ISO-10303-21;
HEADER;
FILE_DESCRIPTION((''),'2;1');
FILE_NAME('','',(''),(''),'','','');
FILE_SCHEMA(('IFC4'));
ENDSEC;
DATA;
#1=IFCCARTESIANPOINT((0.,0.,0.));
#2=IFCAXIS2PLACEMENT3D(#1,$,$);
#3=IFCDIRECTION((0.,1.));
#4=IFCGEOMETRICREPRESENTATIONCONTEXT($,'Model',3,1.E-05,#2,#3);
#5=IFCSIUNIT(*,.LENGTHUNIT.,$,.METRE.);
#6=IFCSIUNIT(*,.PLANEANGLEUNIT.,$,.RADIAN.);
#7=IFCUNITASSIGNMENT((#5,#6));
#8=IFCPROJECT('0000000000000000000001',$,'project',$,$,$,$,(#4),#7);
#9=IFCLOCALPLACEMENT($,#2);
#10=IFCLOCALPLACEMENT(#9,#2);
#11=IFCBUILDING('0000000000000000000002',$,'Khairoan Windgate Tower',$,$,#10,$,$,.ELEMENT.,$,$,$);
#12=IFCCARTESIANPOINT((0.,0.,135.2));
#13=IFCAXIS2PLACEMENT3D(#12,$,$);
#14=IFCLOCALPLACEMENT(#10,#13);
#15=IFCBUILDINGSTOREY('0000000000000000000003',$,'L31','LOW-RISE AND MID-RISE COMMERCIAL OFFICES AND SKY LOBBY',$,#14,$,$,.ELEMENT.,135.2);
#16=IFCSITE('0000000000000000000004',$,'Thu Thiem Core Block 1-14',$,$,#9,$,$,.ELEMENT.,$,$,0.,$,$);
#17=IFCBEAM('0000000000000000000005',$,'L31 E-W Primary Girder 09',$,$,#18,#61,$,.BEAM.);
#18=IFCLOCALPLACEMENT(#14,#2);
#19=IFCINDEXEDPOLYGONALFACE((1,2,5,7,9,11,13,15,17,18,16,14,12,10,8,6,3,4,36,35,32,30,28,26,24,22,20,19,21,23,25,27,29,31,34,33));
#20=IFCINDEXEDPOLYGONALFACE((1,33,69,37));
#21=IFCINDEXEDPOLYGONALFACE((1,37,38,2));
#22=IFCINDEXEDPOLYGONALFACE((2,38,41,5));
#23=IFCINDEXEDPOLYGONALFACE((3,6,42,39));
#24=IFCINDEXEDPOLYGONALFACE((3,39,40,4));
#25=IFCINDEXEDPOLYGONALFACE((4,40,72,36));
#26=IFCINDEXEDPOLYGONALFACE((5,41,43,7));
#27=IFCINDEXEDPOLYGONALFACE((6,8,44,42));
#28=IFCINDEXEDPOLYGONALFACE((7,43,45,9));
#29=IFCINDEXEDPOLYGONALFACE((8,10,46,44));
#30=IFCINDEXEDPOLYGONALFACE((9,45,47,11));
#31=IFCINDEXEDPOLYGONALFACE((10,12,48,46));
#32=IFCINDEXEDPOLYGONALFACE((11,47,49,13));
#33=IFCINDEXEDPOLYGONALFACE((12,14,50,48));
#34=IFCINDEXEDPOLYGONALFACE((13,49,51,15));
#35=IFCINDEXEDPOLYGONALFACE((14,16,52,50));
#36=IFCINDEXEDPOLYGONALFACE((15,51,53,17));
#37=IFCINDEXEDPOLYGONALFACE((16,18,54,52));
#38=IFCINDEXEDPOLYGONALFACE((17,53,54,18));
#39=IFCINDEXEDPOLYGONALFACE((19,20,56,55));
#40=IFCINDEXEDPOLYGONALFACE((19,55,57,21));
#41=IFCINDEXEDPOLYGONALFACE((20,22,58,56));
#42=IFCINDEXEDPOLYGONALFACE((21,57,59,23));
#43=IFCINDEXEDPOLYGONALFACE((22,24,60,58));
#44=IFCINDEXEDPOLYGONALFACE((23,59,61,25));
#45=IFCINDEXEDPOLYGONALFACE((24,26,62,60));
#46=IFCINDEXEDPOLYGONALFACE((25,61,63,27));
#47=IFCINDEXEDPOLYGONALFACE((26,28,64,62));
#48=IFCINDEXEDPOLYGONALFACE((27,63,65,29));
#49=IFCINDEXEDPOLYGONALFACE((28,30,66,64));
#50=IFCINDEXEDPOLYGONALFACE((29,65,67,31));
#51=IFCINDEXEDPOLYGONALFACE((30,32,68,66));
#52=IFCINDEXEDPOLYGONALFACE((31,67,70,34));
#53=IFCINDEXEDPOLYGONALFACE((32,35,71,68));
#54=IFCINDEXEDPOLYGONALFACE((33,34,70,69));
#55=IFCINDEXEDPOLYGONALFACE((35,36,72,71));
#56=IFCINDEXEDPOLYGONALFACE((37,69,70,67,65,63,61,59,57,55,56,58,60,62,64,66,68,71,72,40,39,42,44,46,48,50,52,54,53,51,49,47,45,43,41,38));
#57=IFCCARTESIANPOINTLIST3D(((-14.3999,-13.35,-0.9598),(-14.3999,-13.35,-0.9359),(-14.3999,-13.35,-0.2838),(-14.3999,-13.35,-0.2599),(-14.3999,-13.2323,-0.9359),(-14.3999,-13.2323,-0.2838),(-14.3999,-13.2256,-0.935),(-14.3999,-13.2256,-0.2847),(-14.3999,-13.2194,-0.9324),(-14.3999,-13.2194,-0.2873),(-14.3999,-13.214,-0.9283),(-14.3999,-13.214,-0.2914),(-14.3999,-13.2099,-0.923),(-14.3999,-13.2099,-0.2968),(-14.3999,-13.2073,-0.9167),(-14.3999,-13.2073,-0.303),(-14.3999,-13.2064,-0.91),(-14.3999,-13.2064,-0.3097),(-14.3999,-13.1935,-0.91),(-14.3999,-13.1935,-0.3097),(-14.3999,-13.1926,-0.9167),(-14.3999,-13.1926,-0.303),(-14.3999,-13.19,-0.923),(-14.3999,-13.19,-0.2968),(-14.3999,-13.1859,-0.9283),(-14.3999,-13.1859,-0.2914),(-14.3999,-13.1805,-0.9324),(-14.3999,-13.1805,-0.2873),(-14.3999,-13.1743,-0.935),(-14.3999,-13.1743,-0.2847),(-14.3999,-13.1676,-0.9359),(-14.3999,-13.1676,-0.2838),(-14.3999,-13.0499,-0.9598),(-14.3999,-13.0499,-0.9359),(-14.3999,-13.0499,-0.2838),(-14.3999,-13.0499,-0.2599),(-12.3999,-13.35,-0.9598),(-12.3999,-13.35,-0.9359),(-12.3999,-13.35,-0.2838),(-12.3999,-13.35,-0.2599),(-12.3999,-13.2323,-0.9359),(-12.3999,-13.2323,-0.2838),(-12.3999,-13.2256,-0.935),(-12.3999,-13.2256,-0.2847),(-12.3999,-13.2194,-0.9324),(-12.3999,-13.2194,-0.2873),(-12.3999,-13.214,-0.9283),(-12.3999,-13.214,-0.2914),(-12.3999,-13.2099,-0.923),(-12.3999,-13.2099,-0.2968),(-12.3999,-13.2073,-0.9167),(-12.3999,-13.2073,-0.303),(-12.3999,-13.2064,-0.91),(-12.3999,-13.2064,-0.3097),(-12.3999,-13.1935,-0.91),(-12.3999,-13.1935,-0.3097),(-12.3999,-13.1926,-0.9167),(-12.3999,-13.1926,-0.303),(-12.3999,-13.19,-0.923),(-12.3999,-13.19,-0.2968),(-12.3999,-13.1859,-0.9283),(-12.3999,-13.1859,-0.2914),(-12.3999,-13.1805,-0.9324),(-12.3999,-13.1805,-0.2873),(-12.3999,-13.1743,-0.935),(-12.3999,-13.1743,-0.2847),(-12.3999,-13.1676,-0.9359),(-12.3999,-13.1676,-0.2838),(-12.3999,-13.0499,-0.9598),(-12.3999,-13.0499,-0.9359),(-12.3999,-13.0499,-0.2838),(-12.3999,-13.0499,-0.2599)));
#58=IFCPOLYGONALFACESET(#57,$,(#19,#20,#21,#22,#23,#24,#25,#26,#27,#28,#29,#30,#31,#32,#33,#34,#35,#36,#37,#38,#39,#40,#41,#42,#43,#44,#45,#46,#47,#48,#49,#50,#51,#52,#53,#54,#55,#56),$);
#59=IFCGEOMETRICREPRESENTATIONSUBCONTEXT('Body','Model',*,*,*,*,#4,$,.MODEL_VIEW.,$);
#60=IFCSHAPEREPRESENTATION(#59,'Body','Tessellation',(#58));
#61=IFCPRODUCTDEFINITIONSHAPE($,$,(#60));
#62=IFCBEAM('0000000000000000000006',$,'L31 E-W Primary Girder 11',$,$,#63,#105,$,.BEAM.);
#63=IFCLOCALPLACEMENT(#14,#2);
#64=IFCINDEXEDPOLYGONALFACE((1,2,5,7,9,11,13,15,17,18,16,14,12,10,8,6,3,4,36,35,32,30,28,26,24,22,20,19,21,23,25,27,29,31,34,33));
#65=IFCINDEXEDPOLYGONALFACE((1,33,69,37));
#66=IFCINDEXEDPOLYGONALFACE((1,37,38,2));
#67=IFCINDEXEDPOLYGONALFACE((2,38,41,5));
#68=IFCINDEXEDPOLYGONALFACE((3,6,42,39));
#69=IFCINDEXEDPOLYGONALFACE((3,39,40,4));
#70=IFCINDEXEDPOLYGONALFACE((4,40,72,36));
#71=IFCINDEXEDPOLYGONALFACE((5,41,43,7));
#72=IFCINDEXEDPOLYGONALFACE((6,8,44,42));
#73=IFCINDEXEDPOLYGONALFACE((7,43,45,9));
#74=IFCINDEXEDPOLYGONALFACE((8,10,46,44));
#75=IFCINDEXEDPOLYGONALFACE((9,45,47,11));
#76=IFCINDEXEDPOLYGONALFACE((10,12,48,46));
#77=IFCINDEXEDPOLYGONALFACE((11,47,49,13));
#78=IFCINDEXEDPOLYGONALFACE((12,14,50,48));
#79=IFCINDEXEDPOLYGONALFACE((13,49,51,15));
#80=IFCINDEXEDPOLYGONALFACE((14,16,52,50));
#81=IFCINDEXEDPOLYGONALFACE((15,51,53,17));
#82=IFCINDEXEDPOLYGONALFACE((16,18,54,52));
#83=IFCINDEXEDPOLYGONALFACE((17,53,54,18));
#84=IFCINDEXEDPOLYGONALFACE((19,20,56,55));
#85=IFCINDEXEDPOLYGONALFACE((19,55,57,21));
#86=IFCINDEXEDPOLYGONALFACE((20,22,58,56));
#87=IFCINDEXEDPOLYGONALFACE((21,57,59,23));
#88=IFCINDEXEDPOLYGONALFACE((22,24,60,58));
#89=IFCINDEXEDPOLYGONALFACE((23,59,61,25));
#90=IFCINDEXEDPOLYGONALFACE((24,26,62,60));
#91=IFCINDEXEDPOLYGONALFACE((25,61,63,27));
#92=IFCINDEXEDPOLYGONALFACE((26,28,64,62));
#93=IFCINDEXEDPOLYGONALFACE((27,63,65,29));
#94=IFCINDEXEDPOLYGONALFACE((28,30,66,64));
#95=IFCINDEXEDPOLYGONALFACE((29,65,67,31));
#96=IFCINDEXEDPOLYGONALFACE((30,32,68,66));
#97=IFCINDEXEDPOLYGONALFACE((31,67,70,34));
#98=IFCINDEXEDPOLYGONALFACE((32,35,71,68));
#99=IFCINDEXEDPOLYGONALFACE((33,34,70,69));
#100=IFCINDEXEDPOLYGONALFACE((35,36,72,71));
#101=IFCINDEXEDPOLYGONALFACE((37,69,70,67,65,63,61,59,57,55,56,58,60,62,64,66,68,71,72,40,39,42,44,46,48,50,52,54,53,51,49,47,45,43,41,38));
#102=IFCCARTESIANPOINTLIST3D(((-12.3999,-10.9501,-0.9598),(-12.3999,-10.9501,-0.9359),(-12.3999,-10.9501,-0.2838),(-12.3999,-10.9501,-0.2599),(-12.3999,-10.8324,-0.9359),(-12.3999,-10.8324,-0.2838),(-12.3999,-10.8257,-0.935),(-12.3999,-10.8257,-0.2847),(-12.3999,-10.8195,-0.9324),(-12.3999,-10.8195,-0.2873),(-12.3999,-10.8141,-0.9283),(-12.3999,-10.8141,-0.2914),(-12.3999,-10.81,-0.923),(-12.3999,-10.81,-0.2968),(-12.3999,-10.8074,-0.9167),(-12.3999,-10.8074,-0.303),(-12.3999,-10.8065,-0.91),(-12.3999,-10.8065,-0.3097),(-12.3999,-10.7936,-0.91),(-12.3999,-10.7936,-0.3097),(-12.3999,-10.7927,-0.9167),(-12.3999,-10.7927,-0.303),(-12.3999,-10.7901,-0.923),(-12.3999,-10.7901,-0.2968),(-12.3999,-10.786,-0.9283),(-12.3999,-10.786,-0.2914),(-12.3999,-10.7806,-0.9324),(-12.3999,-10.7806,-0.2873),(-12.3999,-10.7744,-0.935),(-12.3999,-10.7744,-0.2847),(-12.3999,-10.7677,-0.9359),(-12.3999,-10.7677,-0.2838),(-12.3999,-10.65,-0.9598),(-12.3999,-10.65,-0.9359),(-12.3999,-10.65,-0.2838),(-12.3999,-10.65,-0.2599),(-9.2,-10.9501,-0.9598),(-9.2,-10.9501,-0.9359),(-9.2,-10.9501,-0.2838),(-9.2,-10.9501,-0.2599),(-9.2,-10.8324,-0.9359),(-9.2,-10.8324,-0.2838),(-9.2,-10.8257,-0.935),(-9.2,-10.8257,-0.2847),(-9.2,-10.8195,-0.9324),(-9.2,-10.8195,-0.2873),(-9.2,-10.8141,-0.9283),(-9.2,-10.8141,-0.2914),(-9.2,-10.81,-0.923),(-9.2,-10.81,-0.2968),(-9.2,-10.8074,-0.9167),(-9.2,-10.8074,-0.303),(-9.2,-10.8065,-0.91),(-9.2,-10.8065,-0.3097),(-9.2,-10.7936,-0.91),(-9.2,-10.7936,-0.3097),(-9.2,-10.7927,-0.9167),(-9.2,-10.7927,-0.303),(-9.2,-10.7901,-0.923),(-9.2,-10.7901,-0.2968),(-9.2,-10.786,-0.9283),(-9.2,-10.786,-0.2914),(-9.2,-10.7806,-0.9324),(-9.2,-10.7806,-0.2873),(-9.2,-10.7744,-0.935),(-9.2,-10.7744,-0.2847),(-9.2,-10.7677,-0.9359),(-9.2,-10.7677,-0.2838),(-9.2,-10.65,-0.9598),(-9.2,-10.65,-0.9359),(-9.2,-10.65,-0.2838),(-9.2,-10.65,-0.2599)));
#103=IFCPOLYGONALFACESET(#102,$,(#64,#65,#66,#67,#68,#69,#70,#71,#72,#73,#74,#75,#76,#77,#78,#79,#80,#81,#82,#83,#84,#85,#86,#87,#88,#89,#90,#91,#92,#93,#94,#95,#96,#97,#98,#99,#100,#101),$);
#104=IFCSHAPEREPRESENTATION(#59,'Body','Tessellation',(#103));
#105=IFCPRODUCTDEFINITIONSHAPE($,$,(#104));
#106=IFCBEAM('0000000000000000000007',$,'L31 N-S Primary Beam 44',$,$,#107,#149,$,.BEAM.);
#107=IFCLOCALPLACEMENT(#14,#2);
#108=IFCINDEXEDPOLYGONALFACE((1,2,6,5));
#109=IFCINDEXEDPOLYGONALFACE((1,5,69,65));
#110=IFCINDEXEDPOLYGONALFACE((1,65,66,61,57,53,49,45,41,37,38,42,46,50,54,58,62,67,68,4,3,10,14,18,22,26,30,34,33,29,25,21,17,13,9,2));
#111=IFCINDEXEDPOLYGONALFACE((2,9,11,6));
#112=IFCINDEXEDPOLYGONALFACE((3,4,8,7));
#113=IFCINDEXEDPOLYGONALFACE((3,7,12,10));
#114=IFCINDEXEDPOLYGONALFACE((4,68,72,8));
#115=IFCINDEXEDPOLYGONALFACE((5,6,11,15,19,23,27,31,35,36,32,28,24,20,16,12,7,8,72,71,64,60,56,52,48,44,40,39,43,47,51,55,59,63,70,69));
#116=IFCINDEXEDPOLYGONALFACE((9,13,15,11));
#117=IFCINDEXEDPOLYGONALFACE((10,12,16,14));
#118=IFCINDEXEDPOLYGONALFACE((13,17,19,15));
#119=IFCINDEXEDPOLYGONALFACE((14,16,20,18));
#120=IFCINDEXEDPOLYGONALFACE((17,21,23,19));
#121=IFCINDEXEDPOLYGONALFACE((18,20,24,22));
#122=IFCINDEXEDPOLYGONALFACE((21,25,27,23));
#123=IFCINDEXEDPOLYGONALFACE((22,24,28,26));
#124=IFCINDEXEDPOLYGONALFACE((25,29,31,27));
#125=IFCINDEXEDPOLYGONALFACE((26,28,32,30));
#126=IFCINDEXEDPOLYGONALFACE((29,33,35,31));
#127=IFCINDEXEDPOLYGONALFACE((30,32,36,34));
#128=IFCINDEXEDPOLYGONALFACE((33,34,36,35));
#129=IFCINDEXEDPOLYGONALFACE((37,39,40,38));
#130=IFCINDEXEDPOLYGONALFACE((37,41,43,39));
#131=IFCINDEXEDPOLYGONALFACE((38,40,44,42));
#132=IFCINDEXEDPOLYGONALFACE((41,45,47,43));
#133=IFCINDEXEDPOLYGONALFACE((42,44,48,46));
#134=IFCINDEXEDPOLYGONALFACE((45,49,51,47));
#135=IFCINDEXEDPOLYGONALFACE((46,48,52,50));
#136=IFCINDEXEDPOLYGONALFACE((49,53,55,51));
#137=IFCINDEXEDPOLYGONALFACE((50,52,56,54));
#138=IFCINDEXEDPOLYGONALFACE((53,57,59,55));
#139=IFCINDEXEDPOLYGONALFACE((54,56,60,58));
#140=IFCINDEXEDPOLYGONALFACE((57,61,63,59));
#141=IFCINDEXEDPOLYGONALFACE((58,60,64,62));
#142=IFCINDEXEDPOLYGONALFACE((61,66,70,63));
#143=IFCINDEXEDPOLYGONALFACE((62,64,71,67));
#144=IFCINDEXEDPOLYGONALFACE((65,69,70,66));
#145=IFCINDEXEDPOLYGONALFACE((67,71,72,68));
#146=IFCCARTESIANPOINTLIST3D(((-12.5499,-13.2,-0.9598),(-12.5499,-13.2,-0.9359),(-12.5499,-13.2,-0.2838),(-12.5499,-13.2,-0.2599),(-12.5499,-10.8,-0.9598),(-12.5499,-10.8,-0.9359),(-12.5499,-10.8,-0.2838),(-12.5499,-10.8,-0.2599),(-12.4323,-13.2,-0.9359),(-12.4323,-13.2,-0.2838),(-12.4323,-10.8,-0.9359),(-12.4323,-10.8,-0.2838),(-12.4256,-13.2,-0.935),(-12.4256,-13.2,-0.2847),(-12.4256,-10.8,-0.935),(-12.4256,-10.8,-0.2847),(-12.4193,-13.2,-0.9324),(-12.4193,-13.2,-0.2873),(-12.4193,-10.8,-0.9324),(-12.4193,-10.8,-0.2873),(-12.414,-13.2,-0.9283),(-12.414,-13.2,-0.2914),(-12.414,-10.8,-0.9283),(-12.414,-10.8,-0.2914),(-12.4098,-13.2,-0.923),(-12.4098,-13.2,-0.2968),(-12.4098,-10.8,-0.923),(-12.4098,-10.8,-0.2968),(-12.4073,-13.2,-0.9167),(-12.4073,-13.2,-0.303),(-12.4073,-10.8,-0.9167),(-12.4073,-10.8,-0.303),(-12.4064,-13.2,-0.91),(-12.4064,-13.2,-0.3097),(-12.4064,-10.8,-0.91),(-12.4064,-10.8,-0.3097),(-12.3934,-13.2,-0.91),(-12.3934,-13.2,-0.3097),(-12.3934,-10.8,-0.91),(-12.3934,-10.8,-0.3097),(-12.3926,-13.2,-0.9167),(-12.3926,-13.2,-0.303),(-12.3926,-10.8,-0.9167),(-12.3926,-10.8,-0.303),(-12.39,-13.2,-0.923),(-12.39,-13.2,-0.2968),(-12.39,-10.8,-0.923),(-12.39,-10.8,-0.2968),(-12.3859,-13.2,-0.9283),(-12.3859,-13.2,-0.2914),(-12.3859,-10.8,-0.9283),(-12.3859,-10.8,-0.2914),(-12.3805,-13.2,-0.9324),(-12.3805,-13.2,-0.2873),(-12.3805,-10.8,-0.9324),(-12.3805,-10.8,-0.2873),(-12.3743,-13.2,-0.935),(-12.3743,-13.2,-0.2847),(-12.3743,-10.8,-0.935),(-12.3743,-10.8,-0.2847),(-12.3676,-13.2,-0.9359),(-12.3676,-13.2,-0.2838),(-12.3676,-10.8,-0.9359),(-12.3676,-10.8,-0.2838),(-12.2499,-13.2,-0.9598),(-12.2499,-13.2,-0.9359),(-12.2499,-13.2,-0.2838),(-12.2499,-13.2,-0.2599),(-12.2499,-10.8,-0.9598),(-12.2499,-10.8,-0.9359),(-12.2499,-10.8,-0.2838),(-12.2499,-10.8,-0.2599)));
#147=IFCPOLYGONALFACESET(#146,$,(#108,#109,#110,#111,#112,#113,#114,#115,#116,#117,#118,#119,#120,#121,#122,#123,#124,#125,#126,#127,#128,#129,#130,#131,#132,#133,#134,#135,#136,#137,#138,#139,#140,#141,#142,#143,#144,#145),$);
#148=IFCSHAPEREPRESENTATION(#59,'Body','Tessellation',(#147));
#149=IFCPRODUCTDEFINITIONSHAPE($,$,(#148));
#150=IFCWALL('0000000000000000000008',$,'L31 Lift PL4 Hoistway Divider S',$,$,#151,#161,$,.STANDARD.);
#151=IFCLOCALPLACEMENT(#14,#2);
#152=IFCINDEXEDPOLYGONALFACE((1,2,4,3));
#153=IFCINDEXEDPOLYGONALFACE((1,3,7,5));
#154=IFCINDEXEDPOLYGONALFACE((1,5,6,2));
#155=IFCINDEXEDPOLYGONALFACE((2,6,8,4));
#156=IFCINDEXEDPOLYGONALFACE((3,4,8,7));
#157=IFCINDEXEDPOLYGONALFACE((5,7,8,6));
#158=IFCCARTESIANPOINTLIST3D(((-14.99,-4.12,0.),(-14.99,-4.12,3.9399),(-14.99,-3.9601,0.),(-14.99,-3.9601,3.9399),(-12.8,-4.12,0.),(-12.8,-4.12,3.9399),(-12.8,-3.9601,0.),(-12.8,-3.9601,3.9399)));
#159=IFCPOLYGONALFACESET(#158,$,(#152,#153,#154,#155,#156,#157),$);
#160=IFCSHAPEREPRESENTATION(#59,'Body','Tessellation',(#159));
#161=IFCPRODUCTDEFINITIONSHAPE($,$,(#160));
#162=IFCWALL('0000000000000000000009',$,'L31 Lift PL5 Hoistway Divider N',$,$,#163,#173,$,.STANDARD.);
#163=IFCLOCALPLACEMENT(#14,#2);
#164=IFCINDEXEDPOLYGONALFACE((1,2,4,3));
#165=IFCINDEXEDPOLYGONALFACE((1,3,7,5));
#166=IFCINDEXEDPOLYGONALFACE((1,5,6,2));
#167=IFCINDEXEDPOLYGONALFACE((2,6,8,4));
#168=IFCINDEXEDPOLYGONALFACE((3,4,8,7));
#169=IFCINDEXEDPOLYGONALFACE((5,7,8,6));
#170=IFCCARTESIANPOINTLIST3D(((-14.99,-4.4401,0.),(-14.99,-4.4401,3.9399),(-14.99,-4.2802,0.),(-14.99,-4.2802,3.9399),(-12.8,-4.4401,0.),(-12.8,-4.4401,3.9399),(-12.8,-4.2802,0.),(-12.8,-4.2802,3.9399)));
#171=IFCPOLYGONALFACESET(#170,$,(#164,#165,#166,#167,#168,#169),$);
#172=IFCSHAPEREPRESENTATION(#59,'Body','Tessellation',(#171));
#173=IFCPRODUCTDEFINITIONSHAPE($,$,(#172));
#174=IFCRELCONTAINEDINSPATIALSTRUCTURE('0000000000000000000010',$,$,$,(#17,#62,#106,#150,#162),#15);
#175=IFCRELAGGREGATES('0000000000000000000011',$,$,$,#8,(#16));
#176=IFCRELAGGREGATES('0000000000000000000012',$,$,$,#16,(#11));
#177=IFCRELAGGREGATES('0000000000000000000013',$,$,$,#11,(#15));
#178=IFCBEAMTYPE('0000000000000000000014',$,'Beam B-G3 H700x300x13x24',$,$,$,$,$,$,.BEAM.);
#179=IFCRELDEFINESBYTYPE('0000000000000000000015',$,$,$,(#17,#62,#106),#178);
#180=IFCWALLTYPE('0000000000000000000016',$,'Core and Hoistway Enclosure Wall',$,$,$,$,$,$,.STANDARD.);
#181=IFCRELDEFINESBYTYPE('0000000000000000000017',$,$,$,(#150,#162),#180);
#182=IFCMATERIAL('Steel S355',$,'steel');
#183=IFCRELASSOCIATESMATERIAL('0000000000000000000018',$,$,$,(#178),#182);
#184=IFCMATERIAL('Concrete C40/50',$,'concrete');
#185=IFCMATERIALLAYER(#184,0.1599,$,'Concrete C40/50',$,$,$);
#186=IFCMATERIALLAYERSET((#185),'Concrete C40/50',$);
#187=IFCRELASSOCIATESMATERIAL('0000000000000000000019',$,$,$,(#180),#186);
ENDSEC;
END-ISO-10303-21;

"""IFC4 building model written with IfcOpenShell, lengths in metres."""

from ifc_helpers import new_model, si_unit, direction, frame, frame_2d, origin, origin_2d, place, context, subcontext, project, spatial, rectangle, i_section, extrude, material, layer, layer_set, material_profile, profile_set, type_object, element, save


model = new_model("IFC4")

# Units and contexts
model_context = context("Model", 3, precision=1e-05, world=origin(), true_north=direction((0.0, 1.0)))
body_context = subcontext(model_context, "Body", "Model", "MODEL_VIEW")
ifc_project = project(units=[si_unit("LENGTHUNIT", "METRE"), si_unit("PLANEANGLEUNIT", "RADIAN")], contexts=[model_context])

# Site, building, storey
site_placement = place(None, origin())
site = spatial("IfcSite", under=ifc_project, at=site_placement, Name="Thu Thiem Core Block 1-14", CompositionType="ELEMENT", RefElevation=0.0)
building_placement = place(site_placement, origin())
building = spatial("IfcBuilding", under=site, at=building_placement, Name="Khairoan Windgate Tower", CompositionType="ELEMENT")
storey_placement = place(building_placement, frame((0.0, 0.0, 135.2)))
storey = spatial("IfcBuildingStorey", under=building, at=storey_placement, Name="L31", Description="LOW-RISE AND MID-RISE COMMERCIAL OFFICES AND SKY LOBBY", CompositionType="ELEMENT", Elevation=135.2)

# Beams
ifc_material_1 = material(Name="Steel S355", Category="steel")
ifc_material_profile = material_profile(ifc_material_1, i_section(OverallWidth=0.3, OverallDepth=0.7, WebThickness=0.0129, FlangeThickness=0.0239, FilletRadius=0.0259, at=origin_2d()))
ifc_profile_set = profile_set([ifc_material_profile], Name="Steel S355")
beam_type = type_object("IfcBeamType", Name="Beam B-G3 H700x300x13x24", PredefinedType="BEAM", material=ifc_profile_set)
beam_1_placement = place(storey_placement, frame((-14.3999, -13.2, -0.6099), z_axis=(1.0, 0.0, 0.0), x_axis=(0.0, 1.0, 0.0)))
element("IfcBeam", 1, at=beam_1_placement, inside=storey, type_object=beam_type, Name="L31 E-W Primary Girder 09", PredefinedType="BEAM", context=body_context, shape_type="SweptSolid", body=[
    extrude(i_section(OverallWidth=0.3, OverallDepth=0.7, WebThickness=0.0129, FlangeThickness=0.0239, FilletRadius=0.0259, at=origin_2d()), origin(), (0.0, 0.0, 1.0), 2.0),
])
beam_2_placement = place(storey_placement, frame((-12.3999, -10.8, -0.6099), z_axis=(1.0, 0.0, 0.0), x_axis=(0.0, 1.0, 0.0)))
element("IfcBeam", 2, at=beam_2_placement, inside=storey, type_object=beam_type, Name="L31 E-W Primary Girder 11", PredefinedType="BEAM", context=body_context, shape_type="SweptSolid", body=[
    extrude(i_section(OverallWidth=0.3, OverallDepth=0.7, WebThickness=0.0129, FlangeThickness=0.0239, FilletRadius=0.0259, at=origin_2d()), origin(), (0.0, 0.0, 1.0), 3.2),
])
beam_3_placement = place(storey_placement, frame((-12.3999, -13.2, -0.6099), z_axis=(0.0, 1.0, 0.0), x_axis=(-1.0, 0.0, 0.0)))
element("IfcBeam", 3, at=beam_3_placement, inside=storey, type_object=beam_type, Name="L31 N-S Primary Beam 44", PredefinedType="BEAM", context=body_context, shape_type="SweptSolid", body=[
    extrude(i_section(OverallWidth=0.3, OverallDepth=0.7, WebThickness=0.0129, FlangeThickness=0.0239, FilletRadius=0.0259, at=origin_2d()), origin(), (0.0, 0.0, 1.0), 2.3999),
])

# Walls
ifc_material_2 = material(Name="Concrete C40/50", Category="concrete")
ifc_layer_1 = layer(ifc_material_2, 0.1599, Name="Concrete C40/50")
ifc_layer_set_1 = layer_set([ifc_layer_1], Name="Concrete C40/50")
wall_type_1 = type_object("IfcWallType", Name="Core and Hoistway Enclosure Wall", PredefinedType="STANDARD", material=ifc_layer_set_1)
for number, where, z_axis, x_axis, name in (
    (4, (-14.99, -4.04, 0.0), (0.0, 0.0, 1.0), (1.0, 0.0, 0.0), "L31 Lift PL4 Hoistway Divider S"),
    (5, (-14.99, -4.3601, 0.0), (0.0, 0.0, 1.0), (1.0, 0.0, 0.0), "L31 Lift PL5 Hoistway Divider N"),
):
    element("IfcWall", number, at=place(storey_placement, frame(where, z_axis=z_axis, x_axis=x_axis)), inside=storey, type_object=wall_type_1, Name=name, PredefinedType="STANDARD", context=body_context, shape_type="SweptSolid", body=[
        extrude(rectangle(XDim=2.1899, YDim=0.1599, at=frame_2d((1.095, 0.0))), origin(), (0.0, 0.0, 1.0), 3.9399),
    ])

save(model, "model.ifc")
